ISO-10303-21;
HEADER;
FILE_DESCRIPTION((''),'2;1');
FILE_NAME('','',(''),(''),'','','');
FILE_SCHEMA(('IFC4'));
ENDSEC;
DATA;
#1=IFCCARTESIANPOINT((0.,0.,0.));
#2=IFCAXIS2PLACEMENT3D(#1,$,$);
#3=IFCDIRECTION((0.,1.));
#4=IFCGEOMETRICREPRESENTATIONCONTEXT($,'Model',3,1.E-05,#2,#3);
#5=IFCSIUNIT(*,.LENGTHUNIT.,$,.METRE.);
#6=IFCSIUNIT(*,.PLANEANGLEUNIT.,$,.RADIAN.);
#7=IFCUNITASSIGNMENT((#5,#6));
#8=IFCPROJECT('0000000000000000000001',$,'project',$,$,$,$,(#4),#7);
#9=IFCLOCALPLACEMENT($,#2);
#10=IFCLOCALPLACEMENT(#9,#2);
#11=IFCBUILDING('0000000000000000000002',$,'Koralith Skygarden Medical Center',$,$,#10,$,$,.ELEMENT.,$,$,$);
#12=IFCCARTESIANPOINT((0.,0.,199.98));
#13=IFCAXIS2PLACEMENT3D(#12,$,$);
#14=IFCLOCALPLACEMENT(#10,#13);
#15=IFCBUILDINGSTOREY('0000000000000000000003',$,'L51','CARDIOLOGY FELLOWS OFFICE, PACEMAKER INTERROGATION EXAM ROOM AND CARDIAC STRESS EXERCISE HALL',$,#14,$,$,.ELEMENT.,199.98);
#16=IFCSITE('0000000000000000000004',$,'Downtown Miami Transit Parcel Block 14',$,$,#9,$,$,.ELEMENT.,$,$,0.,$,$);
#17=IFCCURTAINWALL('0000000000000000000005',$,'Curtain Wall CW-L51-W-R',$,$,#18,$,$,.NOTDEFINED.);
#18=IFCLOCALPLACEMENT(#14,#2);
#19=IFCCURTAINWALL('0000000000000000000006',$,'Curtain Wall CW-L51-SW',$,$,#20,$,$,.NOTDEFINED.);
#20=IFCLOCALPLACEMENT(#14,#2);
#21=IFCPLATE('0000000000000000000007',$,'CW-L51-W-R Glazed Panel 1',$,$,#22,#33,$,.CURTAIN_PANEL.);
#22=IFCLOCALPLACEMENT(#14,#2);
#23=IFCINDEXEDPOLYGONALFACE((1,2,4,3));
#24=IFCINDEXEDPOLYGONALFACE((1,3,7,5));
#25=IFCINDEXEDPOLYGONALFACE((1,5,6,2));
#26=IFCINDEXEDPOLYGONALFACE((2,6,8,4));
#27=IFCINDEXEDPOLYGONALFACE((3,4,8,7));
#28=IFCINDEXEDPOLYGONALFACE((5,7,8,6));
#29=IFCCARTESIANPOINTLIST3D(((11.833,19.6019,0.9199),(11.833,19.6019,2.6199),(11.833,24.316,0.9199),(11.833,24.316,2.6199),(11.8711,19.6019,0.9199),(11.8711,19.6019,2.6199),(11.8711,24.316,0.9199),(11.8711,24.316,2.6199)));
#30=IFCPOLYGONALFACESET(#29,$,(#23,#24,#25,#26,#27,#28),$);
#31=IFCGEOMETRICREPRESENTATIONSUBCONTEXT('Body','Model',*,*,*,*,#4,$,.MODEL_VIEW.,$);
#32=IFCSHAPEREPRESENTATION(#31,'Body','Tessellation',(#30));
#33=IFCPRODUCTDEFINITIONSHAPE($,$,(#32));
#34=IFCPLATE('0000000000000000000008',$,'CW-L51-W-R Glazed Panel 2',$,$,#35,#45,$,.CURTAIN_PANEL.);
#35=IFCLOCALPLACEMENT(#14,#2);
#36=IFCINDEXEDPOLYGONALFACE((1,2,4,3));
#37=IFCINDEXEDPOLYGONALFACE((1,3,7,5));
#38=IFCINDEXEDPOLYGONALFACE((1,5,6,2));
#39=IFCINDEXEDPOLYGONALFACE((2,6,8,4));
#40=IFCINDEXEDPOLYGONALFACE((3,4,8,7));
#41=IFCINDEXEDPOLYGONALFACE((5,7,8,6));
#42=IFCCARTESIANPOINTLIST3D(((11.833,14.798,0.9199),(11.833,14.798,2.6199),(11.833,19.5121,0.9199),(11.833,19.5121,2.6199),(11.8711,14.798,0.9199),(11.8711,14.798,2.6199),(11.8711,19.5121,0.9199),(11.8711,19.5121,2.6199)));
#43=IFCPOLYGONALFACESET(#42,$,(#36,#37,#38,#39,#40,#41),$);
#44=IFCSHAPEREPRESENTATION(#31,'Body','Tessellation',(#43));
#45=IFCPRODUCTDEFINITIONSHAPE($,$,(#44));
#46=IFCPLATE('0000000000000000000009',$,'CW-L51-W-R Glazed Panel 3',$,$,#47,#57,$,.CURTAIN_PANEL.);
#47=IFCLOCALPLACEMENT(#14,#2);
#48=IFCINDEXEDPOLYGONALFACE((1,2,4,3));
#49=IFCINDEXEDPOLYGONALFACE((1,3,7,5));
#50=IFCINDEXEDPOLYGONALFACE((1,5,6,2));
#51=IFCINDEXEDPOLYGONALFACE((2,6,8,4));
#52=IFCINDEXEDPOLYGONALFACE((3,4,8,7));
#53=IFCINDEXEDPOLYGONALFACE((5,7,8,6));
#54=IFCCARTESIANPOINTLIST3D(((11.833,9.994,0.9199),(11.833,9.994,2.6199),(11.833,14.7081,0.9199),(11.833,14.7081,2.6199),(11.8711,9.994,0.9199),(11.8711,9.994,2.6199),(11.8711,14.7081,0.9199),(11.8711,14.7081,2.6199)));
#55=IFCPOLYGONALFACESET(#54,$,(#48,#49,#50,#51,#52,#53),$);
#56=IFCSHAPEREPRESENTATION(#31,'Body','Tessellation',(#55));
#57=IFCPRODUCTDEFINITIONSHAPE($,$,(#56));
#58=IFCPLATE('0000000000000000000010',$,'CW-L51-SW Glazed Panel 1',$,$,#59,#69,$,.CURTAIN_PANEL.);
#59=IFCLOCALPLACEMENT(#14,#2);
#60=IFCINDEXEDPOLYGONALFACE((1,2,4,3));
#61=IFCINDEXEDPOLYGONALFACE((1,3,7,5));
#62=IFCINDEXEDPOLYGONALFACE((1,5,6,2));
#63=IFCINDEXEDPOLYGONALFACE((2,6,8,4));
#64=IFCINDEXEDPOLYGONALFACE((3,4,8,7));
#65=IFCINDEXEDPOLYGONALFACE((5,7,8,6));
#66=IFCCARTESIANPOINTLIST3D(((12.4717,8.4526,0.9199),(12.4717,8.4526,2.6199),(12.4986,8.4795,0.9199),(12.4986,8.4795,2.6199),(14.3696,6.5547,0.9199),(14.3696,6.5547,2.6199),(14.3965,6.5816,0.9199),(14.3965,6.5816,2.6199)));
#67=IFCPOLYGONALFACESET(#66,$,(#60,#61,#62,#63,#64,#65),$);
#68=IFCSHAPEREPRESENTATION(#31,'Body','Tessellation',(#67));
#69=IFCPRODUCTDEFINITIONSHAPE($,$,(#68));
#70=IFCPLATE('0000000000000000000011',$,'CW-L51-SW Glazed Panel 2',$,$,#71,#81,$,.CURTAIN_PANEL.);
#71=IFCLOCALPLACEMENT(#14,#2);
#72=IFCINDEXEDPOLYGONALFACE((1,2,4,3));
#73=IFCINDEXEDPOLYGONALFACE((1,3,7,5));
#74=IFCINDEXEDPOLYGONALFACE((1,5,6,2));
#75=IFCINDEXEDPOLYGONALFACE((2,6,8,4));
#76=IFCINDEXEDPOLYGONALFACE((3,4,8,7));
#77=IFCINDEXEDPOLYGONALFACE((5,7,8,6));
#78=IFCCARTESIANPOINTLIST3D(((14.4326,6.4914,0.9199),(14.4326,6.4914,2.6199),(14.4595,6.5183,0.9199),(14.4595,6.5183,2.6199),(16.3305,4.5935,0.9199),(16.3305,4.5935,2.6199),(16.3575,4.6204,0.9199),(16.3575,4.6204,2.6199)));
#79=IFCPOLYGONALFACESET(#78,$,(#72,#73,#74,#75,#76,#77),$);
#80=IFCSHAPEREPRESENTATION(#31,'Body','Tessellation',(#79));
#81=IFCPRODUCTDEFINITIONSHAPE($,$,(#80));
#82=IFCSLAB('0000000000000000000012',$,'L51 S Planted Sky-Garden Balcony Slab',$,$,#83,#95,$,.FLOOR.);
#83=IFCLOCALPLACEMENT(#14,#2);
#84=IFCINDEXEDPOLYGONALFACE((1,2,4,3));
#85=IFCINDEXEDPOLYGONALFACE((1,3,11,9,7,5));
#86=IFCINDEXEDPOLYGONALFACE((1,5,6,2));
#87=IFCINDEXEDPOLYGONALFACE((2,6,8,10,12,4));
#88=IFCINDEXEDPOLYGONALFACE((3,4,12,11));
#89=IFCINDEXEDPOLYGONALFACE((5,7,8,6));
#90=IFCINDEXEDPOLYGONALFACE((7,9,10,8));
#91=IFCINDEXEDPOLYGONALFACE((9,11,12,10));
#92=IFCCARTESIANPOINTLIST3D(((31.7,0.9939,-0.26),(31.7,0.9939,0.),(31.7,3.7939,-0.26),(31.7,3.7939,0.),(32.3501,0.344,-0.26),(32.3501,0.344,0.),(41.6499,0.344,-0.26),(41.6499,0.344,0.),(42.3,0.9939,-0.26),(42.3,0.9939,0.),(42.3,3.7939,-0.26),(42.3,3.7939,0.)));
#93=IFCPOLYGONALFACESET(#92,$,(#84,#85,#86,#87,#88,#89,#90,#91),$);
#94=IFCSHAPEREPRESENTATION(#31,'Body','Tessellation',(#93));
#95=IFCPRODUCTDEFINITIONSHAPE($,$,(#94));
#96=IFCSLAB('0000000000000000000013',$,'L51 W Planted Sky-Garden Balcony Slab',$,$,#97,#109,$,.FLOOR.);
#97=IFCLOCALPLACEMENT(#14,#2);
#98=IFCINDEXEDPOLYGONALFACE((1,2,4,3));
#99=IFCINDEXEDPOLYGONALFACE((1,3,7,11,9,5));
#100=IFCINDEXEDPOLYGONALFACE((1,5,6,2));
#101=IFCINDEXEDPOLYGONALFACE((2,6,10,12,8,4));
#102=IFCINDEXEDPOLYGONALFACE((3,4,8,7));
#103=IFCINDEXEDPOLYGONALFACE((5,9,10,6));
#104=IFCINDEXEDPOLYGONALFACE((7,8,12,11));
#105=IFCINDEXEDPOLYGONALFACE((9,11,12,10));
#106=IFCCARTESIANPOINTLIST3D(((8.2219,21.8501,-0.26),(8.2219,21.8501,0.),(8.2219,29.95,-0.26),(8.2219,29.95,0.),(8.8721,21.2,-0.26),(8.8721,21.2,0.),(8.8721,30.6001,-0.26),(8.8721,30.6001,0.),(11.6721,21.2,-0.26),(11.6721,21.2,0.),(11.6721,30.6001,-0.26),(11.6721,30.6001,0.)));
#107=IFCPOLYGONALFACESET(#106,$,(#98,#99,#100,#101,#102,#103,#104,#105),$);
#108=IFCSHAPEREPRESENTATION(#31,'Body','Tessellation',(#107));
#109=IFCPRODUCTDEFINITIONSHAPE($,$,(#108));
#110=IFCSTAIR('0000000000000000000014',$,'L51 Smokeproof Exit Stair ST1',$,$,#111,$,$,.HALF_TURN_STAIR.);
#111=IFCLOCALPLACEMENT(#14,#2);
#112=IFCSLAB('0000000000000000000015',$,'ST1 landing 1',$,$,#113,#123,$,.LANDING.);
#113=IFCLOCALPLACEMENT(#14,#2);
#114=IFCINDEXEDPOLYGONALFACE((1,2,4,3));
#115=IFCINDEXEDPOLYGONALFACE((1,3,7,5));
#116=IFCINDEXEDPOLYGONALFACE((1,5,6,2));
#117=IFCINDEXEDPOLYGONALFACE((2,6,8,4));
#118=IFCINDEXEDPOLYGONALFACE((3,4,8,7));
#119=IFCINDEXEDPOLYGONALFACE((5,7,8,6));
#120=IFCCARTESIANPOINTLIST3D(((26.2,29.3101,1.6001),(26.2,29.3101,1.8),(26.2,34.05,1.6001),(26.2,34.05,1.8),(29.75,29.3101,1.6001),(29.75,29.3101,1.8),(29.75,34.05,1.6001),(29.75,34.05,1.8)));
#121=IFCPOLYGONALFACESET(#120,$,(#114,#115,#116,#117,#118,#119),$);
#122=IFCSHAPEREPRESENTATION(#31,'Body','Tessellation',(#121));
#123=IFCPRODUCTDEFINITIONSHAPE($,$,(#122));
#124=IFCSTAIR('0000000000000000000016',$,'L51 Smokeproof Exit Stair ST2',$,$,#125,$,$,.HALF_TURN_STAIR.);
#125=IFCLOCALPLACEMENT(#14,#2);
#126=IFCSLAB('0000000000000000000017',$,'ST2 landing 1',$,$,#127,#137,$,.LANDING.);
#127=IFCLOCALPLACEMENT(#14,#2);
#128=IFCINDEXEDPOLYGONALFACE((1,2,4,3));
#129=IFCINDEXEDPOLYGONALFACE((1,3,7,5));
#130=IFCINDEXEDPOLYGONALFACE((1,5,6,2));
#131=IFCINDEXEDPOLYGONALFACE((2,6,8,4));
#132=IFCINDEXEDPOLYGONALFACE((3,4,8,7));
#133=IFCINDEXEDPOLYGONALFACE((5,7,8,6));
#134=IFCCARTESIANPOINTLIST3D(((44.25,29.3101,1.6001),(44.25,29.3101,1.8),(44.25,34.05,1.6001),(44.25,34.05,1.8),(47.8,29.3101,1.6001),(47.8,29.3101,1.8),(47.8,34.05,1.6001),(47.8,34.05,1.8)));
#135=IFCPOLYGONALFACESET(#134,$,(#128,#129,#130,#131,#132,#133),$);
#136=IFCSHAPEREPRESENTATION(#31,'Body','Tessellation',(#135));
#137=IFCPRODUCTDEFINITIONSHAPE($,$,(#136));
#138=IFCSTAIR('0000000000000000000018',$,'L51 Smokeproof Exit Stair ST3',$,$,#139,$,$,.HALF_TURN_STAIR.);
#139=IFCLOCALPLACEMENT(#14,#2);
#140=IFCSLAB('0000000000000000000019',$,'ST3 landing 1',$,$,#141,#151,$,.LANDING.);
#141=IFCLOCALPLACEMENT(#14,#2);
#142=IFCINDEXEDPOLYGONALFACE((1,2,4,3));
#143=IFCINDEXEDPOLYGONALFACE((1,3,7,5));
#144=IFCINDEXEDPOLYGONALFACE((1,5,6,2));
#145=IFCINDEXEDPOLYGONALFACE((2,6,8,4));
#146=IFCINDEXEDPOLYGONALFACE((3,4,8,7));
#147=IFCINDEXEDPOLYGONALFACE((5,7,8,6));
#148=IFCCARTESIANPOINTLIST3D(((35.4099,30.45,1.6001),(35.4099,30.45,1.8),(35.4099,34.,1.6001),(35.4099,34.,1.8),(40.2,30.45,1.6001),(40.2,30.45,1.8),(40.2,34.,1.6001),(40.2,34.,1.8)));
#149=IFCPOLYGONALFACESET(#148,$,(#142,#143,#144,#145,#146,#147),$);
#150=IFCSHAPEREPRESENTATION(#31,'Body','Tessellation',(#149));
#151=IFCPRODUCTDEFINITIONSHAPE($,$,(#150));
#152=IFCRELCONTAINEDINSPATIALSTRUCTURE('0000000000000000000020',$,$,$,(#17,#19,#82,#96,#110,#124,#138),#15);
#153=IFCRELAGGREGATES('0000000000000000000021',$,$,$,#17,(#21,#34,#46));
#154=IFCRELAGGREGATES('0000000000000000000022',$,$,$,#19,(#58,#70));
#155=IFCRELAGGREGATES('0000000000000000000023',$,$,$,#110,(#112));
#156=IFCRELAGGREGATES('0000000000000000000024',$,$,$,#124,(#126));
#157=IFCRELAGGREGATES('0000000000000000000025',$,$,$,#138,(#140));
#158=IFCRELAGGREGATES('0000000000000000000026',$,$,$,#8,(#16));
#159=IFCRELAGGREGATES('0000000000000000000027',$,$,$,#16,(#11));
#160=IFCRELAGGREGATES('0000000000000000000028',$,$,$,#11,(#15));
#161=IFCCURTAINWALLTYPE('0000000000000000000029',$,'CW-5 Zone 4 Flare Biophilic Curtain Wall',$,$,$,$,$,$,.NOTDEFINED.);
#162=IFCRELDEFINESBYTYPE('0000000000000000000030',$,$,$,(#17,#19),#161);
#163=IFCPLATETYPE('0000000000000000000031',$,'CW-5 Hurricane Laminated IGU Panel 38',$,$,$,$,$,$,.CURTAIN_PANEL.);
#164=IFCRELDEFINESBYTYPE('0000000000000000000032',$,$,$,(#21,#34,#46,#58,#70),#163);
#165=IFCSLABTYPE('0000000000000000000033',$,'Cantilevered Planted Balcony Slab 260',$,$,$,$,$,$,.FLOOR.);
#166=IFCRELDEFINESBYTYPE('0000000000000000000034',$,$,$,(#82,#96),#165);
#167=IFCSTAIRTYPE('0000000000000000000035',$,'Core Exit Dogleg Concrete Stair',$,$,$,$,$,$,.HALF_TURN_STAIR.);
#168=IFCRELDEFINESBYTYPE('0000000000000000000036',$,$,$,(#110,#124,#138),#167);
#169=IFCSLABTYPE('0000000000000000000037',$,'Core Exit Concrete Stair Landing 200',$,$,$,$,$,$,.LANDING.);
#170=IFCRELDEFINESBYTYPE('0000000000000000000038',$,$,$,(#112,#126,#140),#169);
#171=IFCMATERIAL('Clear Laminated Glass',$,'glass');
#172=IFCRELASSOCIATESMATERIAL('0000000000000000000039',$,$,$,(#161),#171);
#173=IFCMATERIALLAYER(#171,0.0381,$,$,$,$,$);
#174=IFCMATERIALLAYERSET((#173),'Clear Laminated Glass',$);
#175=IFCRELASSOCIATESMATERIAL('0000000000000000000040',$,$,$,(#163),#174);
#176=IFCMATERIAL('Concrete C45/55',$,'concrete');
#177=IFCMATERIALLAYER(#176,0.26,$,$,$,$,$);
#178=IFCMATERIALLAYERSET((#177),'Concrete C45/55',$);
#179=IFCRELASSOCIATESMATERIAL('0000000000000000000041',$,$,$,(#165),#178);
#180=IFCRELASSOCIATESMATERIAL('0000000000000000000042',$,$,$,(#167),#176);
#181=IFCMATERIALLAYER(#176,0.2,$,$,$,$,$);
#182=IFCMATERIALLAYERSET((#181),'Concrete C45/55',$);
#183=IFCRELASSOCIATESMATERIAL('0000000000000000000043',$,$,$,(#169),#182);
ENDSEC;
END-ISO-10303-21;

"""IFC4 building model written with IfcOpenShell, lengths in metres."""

from ifc_helpers import new_model, si_unit, direction, frame, origin, origin_2d, place, context, subcontext, project, spatial, polyline, rectangle, outline, extrude, material, layer, layer_set, type_object, element, aggregate, save


model = new_model("IFC4")

# Units and contexts
model_context = context("Model", 3, precision=1e-05, world=origin(), true_north=direction((0.0, 1.0)))
body_context = subcontext(model_context, "Body", "Model", "MODEL_VIEW")
ifc_project = project(units=[si_unit("LENGTHUNIT", "METRE"), si_unit("PLANEANGLEUNIT", "RADIAN")], contexts=[model_context])

# Site, building, storey
site_placement = place(None, origin())
site = spatial("IfcSite", under=ifc_project, at=site_placement, Name="Downtown Miami Transit Parcel Block 14", CompositionType="ELEMENT", RefElevation=0.0)
building_placement = place(site_placement, origin())
building = spatial("IfcBuilding", under=site, at=building_placement, Name="Koralith Skygarden Medical Center", CompositionType="ELEMENT")
storey_placement = place(building_placement, frame((0.0, 0.0, 199.98)))
storey = spatial("IfcBuildingStorey", under=building, at=storey_placement, Name="L51", Description="CARDIOLOGY FELLOWS OFFICE, PACEMAKER INTERROGATION EXAM ROOM AND CARDIAC STRESS EXERCISE HALL", CompositionType="ELEMENT", Elevation=199.98)

# Curtain walls
ifc_material_1 = material(Name="Clear Laminated Glass", Category="glass")
curtain_wall_type = type_object("IfcCurtainWallType", Name="CW-5 Zone 4 Flare Biophilic Curtain Wall", PredefinedType="NOTDEFINED", material=ifc_material_1)
curtain_wall_1_placement = place(storey_placement, origin())
curtain_wall_1 = element("IfcCurtainWall", 1, at=curtain_wall_1_placement, inside=storey, type_object=curtain_wall_type, Name="Curtain Wall CW-L51-W-R", PredefinedType="NOTDEFINED")
curtain_wall_2_placement = place(storey_placement, origin())
curtain_wall_2 = element("IfcCurtainWall", 2, at=curtain_wall_2_placement, inside=storey, type_object=curtain_wall_type, Name="Curtain Wall CW-L51-SW", PredefinedType="NOTDEFINED")

# Shared definitions
ifc_material_2 = material(Name="Concrete C45/55", Category="concrete")

# Plates
ifc_layer_1 = layer(ifc_material_1, 0.0381)
ifc_layer_set_1 = layer_set([ifc_layer_1], Name="Clear Laminated Glass")
plate_type_1 = type_object("IfcPlateType", Name="CW-5 Hurricane Laminated IGU Panel 38", PredefinedType="CURTAIN_PANEL", material=ifc_layer_set_1)
plate_1_placement = place(storey_placement, frame((11.8521, 21.959, 0.9199), z_axis=(0.0, 0.0, 1.0), x_axis=(0.0, -1.0, 0.0)))
plate_1 = element("IfcPlate", 3, at=plate_1_placement, type_object=plate_type_1, Name="CW-L51-W-R Glazed Panel 1", PredefinedType="CURTAIN_PANEL", context=body_context, shape_type="SweptSolid", body=[
    extrude(rectangle(XDim=4.7141, YDim=0.0381, at=origin_2d()), origin(), (0.0, 0.0, 1.0), 1.7),
])
plate_2_placement = place(storey_placement, frame((11.8521, 17.155, 0.9199), z_axis=(0.0, 0.0, 1.0), x_axis=(0.0, -1.0, 0.0)))
plate_2 = element("IfcPlate", 4, at=plate_2_placement, type_object=plate_type_1, Name="CW-L51-W-R Glazed Panel 2", PredefinedType="CURTAIN_PANEL", context=body_context, shape_type="SweptSolid", body=[
    extrude(rectangle(XDim=4.7141, YDim=0.0381, at=origin_2d()), origin(), (0.0, 0.0, 1.0), 1.7),
])
plate_3_placement = place(storey_placement, frame((11.8521, 12.3511, 0.9199), z_axis=(0.0, 0.0, 1.0), x_axis=(0.0, -1.0, 0.0)))
plate_3 = element("IfcPlate", 5, at=plate_3_placement, type_object=plate_type_1, Name="CW-L51-W-R Glazed Panel 3", PredefinedType="CURTAIN_PANEL", context=body_context, shape_type="SweptSolid", body=[
    extrude(rectangle(XDim=4.7141, YDim=0.0381, at=origin_2d()), origin(), (0.0, 0.0, 1.0), 1.7),
])
aggregate(curtain_wall_1, [plate_1, plate_2, plate_3])
plate_4_placement = place(storey_placement, frame((13.4341, 7.5171, 0.9199), z_axis=(0.0, 0.0, 1.0), x_axis=(0.707107, -0.707107, 0.0)))
plate_4 = element("IfcPlate", 6, at=plate_4_placement, type_object=plate_type_1, Name="CW-L51-SW Glazed Panel 1", PredefinedType="CURTAIN_PANEL", context=body_context, shape_type="SweptSolid", body=[
    extrude(rectangle(XDim=2.6841, YDim=0.0381, at=origin_2d()), origin(), (0.0, 0.0, 1.0), 1.7),
])
plate_5_placement = place(storey_placement, frame((15.395, 5.5559, 0.9199), z_axis=(0.0, 0.0, 1.0), x_axis=(0.707107, -0.707107, 0.0)))
plate_5 = element("IfcPlate", 7, at=plate_5_placement, type_object=plate_type_1, Name="CW-L51-SW Glazed Panel 2", PredefinedType="CURTAIN_PANEL", context=body_context, shape_type="SweptSolid", body=[
    extrude(rectangle(XDim=2.6841, YDim=0.0381, at=origin_2d()), origin(), (0.0, 0.0, 1.0), 1.7),
])
aggregate(curtain_wall_2, [plate_4, plate_5])

# Slabs
ifc_layer_2 = layer(ifc_material_2, 0.26)
ifc_layer_set_2 = layer_set([ifc_layer_2], Name="Concrete C45/55")
slab_type_1 = type_object("IfcSlabType", Name="Cantilevered Planted Balcony Slab 260", PredefinedType="FLOOR", material=ifc_layer_set_2)
slab_1_placement = place(storey_placement, frame((0.0, 0.0, -0.26)))
element("IfcSlab", 8, at=slab_1_placement, inside=storey, type_object=slab_type_1, Name="L51 S Planted Sky-Garden Balcony Slab", PredefinedType="FLOOR", context=body_context, shape_type="SweptSolid", body=[
    extrude(outline(polyline([(32.3501, 0.344), (41.6499, 0.344), (42.3, 0.9939), (42.3, 3.7939), (31.7, 3.7939), (31.7, 0.9939), (32.3501, 0.344)])), origin(), (0.0, 0.0, 1.0), 0.26),
])
slab_2_placement = place(storey_placement, frame((0.0, 0.0, -0.26)))
element("IfcSlab", 9, at=slab_2_placement, inside=storey, type_object=slab_type_1, Name="L51 W Planted Sky-Garden Balcony Slab", PredefinedType="FLOOR", context=body_context, shape_type="SweptSolid", body=[
    extrude(outline(polyline([(8.8721, 21.2), (11.6721, 21.2), (11.6721, 30.6001), (8.8721, 30.6001), (8.2219, 29.95), (8.2219, 21.8501), (8.8721, 21.2)])), origin(), (0.0, 0.0, 1.0), 0.26),
])

# Stairs, slabs
stair_type = type_object("IfcStairType", Name="Core Exit Dogleg Concrete Stair", PredefinedType="HALF_TURN_STAIR", material=ifc_material_2)
stair_1_placement = place(storey_placement, origin())
stair_1 = element("IfcStair", 10, at=stair_1_placement, inside=storey, type_object=stair_type, Name="L51 Smokeproof Exit Stair ST1", PredefinedType="HALF_TURN_STAIR")
ifc_layer_3 = layer(ifc_material_2, 0.2)
ifc_layer_set_3 = layer_set([ifc_layer_3], Name="Concrete C45/55")
slab_type_2 = type_object("IfcSlabType", Name="Core Exit Concrete Stair Landing 200", PredefinedType="LANDING", material=ifc_layer_set_3)
slab_3_placement = place(storey_placement, frame((0.0, 0.0, 1.6001)))
slab_3 = element("IfcSlab", 11, at=slab_3_placement, type_object=slab_type_2, Name="ST1 landing 1", PredefinedType="LANDING", context=body_context, shape_type="SweptSolid", body=[
    extrude(outline(polyline([(29.75, 29.3101), (29.75, 34.05), (26.2, 34.05), (26.2, 29.3101), (29.75, 29.3101)])), origin(), (0.0, 0.0, 1.0), 0.2),
])
aggregate(stair_1, [slab_3])
stair_2_placement = place(storey_placement, origin())
stair_2 = element("IfcStair", 12, at=stair_2_placement, inside=storey, type_object=stair_type, Name="L51 Smokeproof Exit Stair ST2", PredefinedType="HALF_TURN_STAIR")
slab_4_placement = place(storey_placement, frame((0.0, 0.0, 1.6001)))
slab_4 = element("IfcSlab", 13, at=slab_4_placement, type_object=slab_type_2, Name="ST2 landing 1", PredefinedType="LANDING", context=body_context, shape_type="SweptSolid", body=[
    extrude(outline(polyline([(47.8, 29.3101), (47.8, 34.05), (44.25, 34.05), (44.25, 29.3101), (47.8, 29.3101)])), origin(), (0.0, 0.0, 1.0), 0.2),
])
aggregate(stair_2, [slab_4])
stair_3_placement = place(storey_placement, origin())
stair_3 = element("IfcStair", 14, at=stair_3_placement, inside=storey, type_object=stair_type, Name="L51 Smokeproof Exit Stair ST3", PredefinedType="HALF_TURN_STAIR")
slab_5_placement = place(storey_placement, frame((0.0, 0.0, 1.6001)))
slab_5 = element("IfcSlab", 15, at=slab_5_placement, type_object=slab_type_2, Name="ST3 landing 1", PredefinedType="LANDING", context=body_context, shape_type="SweptSolid", body=[
    extrude(outline(polyline([(35.4099, 30.45), (40.2, 30.45), (40.2, 34.0), (35.4099, 34.0), (35.4099, 30.45)])), origin(), (0.0, 0.0, 1.0), 0.2),
])
aggregate(stair_3, [slab_5])

save(model, "model.ifc")
